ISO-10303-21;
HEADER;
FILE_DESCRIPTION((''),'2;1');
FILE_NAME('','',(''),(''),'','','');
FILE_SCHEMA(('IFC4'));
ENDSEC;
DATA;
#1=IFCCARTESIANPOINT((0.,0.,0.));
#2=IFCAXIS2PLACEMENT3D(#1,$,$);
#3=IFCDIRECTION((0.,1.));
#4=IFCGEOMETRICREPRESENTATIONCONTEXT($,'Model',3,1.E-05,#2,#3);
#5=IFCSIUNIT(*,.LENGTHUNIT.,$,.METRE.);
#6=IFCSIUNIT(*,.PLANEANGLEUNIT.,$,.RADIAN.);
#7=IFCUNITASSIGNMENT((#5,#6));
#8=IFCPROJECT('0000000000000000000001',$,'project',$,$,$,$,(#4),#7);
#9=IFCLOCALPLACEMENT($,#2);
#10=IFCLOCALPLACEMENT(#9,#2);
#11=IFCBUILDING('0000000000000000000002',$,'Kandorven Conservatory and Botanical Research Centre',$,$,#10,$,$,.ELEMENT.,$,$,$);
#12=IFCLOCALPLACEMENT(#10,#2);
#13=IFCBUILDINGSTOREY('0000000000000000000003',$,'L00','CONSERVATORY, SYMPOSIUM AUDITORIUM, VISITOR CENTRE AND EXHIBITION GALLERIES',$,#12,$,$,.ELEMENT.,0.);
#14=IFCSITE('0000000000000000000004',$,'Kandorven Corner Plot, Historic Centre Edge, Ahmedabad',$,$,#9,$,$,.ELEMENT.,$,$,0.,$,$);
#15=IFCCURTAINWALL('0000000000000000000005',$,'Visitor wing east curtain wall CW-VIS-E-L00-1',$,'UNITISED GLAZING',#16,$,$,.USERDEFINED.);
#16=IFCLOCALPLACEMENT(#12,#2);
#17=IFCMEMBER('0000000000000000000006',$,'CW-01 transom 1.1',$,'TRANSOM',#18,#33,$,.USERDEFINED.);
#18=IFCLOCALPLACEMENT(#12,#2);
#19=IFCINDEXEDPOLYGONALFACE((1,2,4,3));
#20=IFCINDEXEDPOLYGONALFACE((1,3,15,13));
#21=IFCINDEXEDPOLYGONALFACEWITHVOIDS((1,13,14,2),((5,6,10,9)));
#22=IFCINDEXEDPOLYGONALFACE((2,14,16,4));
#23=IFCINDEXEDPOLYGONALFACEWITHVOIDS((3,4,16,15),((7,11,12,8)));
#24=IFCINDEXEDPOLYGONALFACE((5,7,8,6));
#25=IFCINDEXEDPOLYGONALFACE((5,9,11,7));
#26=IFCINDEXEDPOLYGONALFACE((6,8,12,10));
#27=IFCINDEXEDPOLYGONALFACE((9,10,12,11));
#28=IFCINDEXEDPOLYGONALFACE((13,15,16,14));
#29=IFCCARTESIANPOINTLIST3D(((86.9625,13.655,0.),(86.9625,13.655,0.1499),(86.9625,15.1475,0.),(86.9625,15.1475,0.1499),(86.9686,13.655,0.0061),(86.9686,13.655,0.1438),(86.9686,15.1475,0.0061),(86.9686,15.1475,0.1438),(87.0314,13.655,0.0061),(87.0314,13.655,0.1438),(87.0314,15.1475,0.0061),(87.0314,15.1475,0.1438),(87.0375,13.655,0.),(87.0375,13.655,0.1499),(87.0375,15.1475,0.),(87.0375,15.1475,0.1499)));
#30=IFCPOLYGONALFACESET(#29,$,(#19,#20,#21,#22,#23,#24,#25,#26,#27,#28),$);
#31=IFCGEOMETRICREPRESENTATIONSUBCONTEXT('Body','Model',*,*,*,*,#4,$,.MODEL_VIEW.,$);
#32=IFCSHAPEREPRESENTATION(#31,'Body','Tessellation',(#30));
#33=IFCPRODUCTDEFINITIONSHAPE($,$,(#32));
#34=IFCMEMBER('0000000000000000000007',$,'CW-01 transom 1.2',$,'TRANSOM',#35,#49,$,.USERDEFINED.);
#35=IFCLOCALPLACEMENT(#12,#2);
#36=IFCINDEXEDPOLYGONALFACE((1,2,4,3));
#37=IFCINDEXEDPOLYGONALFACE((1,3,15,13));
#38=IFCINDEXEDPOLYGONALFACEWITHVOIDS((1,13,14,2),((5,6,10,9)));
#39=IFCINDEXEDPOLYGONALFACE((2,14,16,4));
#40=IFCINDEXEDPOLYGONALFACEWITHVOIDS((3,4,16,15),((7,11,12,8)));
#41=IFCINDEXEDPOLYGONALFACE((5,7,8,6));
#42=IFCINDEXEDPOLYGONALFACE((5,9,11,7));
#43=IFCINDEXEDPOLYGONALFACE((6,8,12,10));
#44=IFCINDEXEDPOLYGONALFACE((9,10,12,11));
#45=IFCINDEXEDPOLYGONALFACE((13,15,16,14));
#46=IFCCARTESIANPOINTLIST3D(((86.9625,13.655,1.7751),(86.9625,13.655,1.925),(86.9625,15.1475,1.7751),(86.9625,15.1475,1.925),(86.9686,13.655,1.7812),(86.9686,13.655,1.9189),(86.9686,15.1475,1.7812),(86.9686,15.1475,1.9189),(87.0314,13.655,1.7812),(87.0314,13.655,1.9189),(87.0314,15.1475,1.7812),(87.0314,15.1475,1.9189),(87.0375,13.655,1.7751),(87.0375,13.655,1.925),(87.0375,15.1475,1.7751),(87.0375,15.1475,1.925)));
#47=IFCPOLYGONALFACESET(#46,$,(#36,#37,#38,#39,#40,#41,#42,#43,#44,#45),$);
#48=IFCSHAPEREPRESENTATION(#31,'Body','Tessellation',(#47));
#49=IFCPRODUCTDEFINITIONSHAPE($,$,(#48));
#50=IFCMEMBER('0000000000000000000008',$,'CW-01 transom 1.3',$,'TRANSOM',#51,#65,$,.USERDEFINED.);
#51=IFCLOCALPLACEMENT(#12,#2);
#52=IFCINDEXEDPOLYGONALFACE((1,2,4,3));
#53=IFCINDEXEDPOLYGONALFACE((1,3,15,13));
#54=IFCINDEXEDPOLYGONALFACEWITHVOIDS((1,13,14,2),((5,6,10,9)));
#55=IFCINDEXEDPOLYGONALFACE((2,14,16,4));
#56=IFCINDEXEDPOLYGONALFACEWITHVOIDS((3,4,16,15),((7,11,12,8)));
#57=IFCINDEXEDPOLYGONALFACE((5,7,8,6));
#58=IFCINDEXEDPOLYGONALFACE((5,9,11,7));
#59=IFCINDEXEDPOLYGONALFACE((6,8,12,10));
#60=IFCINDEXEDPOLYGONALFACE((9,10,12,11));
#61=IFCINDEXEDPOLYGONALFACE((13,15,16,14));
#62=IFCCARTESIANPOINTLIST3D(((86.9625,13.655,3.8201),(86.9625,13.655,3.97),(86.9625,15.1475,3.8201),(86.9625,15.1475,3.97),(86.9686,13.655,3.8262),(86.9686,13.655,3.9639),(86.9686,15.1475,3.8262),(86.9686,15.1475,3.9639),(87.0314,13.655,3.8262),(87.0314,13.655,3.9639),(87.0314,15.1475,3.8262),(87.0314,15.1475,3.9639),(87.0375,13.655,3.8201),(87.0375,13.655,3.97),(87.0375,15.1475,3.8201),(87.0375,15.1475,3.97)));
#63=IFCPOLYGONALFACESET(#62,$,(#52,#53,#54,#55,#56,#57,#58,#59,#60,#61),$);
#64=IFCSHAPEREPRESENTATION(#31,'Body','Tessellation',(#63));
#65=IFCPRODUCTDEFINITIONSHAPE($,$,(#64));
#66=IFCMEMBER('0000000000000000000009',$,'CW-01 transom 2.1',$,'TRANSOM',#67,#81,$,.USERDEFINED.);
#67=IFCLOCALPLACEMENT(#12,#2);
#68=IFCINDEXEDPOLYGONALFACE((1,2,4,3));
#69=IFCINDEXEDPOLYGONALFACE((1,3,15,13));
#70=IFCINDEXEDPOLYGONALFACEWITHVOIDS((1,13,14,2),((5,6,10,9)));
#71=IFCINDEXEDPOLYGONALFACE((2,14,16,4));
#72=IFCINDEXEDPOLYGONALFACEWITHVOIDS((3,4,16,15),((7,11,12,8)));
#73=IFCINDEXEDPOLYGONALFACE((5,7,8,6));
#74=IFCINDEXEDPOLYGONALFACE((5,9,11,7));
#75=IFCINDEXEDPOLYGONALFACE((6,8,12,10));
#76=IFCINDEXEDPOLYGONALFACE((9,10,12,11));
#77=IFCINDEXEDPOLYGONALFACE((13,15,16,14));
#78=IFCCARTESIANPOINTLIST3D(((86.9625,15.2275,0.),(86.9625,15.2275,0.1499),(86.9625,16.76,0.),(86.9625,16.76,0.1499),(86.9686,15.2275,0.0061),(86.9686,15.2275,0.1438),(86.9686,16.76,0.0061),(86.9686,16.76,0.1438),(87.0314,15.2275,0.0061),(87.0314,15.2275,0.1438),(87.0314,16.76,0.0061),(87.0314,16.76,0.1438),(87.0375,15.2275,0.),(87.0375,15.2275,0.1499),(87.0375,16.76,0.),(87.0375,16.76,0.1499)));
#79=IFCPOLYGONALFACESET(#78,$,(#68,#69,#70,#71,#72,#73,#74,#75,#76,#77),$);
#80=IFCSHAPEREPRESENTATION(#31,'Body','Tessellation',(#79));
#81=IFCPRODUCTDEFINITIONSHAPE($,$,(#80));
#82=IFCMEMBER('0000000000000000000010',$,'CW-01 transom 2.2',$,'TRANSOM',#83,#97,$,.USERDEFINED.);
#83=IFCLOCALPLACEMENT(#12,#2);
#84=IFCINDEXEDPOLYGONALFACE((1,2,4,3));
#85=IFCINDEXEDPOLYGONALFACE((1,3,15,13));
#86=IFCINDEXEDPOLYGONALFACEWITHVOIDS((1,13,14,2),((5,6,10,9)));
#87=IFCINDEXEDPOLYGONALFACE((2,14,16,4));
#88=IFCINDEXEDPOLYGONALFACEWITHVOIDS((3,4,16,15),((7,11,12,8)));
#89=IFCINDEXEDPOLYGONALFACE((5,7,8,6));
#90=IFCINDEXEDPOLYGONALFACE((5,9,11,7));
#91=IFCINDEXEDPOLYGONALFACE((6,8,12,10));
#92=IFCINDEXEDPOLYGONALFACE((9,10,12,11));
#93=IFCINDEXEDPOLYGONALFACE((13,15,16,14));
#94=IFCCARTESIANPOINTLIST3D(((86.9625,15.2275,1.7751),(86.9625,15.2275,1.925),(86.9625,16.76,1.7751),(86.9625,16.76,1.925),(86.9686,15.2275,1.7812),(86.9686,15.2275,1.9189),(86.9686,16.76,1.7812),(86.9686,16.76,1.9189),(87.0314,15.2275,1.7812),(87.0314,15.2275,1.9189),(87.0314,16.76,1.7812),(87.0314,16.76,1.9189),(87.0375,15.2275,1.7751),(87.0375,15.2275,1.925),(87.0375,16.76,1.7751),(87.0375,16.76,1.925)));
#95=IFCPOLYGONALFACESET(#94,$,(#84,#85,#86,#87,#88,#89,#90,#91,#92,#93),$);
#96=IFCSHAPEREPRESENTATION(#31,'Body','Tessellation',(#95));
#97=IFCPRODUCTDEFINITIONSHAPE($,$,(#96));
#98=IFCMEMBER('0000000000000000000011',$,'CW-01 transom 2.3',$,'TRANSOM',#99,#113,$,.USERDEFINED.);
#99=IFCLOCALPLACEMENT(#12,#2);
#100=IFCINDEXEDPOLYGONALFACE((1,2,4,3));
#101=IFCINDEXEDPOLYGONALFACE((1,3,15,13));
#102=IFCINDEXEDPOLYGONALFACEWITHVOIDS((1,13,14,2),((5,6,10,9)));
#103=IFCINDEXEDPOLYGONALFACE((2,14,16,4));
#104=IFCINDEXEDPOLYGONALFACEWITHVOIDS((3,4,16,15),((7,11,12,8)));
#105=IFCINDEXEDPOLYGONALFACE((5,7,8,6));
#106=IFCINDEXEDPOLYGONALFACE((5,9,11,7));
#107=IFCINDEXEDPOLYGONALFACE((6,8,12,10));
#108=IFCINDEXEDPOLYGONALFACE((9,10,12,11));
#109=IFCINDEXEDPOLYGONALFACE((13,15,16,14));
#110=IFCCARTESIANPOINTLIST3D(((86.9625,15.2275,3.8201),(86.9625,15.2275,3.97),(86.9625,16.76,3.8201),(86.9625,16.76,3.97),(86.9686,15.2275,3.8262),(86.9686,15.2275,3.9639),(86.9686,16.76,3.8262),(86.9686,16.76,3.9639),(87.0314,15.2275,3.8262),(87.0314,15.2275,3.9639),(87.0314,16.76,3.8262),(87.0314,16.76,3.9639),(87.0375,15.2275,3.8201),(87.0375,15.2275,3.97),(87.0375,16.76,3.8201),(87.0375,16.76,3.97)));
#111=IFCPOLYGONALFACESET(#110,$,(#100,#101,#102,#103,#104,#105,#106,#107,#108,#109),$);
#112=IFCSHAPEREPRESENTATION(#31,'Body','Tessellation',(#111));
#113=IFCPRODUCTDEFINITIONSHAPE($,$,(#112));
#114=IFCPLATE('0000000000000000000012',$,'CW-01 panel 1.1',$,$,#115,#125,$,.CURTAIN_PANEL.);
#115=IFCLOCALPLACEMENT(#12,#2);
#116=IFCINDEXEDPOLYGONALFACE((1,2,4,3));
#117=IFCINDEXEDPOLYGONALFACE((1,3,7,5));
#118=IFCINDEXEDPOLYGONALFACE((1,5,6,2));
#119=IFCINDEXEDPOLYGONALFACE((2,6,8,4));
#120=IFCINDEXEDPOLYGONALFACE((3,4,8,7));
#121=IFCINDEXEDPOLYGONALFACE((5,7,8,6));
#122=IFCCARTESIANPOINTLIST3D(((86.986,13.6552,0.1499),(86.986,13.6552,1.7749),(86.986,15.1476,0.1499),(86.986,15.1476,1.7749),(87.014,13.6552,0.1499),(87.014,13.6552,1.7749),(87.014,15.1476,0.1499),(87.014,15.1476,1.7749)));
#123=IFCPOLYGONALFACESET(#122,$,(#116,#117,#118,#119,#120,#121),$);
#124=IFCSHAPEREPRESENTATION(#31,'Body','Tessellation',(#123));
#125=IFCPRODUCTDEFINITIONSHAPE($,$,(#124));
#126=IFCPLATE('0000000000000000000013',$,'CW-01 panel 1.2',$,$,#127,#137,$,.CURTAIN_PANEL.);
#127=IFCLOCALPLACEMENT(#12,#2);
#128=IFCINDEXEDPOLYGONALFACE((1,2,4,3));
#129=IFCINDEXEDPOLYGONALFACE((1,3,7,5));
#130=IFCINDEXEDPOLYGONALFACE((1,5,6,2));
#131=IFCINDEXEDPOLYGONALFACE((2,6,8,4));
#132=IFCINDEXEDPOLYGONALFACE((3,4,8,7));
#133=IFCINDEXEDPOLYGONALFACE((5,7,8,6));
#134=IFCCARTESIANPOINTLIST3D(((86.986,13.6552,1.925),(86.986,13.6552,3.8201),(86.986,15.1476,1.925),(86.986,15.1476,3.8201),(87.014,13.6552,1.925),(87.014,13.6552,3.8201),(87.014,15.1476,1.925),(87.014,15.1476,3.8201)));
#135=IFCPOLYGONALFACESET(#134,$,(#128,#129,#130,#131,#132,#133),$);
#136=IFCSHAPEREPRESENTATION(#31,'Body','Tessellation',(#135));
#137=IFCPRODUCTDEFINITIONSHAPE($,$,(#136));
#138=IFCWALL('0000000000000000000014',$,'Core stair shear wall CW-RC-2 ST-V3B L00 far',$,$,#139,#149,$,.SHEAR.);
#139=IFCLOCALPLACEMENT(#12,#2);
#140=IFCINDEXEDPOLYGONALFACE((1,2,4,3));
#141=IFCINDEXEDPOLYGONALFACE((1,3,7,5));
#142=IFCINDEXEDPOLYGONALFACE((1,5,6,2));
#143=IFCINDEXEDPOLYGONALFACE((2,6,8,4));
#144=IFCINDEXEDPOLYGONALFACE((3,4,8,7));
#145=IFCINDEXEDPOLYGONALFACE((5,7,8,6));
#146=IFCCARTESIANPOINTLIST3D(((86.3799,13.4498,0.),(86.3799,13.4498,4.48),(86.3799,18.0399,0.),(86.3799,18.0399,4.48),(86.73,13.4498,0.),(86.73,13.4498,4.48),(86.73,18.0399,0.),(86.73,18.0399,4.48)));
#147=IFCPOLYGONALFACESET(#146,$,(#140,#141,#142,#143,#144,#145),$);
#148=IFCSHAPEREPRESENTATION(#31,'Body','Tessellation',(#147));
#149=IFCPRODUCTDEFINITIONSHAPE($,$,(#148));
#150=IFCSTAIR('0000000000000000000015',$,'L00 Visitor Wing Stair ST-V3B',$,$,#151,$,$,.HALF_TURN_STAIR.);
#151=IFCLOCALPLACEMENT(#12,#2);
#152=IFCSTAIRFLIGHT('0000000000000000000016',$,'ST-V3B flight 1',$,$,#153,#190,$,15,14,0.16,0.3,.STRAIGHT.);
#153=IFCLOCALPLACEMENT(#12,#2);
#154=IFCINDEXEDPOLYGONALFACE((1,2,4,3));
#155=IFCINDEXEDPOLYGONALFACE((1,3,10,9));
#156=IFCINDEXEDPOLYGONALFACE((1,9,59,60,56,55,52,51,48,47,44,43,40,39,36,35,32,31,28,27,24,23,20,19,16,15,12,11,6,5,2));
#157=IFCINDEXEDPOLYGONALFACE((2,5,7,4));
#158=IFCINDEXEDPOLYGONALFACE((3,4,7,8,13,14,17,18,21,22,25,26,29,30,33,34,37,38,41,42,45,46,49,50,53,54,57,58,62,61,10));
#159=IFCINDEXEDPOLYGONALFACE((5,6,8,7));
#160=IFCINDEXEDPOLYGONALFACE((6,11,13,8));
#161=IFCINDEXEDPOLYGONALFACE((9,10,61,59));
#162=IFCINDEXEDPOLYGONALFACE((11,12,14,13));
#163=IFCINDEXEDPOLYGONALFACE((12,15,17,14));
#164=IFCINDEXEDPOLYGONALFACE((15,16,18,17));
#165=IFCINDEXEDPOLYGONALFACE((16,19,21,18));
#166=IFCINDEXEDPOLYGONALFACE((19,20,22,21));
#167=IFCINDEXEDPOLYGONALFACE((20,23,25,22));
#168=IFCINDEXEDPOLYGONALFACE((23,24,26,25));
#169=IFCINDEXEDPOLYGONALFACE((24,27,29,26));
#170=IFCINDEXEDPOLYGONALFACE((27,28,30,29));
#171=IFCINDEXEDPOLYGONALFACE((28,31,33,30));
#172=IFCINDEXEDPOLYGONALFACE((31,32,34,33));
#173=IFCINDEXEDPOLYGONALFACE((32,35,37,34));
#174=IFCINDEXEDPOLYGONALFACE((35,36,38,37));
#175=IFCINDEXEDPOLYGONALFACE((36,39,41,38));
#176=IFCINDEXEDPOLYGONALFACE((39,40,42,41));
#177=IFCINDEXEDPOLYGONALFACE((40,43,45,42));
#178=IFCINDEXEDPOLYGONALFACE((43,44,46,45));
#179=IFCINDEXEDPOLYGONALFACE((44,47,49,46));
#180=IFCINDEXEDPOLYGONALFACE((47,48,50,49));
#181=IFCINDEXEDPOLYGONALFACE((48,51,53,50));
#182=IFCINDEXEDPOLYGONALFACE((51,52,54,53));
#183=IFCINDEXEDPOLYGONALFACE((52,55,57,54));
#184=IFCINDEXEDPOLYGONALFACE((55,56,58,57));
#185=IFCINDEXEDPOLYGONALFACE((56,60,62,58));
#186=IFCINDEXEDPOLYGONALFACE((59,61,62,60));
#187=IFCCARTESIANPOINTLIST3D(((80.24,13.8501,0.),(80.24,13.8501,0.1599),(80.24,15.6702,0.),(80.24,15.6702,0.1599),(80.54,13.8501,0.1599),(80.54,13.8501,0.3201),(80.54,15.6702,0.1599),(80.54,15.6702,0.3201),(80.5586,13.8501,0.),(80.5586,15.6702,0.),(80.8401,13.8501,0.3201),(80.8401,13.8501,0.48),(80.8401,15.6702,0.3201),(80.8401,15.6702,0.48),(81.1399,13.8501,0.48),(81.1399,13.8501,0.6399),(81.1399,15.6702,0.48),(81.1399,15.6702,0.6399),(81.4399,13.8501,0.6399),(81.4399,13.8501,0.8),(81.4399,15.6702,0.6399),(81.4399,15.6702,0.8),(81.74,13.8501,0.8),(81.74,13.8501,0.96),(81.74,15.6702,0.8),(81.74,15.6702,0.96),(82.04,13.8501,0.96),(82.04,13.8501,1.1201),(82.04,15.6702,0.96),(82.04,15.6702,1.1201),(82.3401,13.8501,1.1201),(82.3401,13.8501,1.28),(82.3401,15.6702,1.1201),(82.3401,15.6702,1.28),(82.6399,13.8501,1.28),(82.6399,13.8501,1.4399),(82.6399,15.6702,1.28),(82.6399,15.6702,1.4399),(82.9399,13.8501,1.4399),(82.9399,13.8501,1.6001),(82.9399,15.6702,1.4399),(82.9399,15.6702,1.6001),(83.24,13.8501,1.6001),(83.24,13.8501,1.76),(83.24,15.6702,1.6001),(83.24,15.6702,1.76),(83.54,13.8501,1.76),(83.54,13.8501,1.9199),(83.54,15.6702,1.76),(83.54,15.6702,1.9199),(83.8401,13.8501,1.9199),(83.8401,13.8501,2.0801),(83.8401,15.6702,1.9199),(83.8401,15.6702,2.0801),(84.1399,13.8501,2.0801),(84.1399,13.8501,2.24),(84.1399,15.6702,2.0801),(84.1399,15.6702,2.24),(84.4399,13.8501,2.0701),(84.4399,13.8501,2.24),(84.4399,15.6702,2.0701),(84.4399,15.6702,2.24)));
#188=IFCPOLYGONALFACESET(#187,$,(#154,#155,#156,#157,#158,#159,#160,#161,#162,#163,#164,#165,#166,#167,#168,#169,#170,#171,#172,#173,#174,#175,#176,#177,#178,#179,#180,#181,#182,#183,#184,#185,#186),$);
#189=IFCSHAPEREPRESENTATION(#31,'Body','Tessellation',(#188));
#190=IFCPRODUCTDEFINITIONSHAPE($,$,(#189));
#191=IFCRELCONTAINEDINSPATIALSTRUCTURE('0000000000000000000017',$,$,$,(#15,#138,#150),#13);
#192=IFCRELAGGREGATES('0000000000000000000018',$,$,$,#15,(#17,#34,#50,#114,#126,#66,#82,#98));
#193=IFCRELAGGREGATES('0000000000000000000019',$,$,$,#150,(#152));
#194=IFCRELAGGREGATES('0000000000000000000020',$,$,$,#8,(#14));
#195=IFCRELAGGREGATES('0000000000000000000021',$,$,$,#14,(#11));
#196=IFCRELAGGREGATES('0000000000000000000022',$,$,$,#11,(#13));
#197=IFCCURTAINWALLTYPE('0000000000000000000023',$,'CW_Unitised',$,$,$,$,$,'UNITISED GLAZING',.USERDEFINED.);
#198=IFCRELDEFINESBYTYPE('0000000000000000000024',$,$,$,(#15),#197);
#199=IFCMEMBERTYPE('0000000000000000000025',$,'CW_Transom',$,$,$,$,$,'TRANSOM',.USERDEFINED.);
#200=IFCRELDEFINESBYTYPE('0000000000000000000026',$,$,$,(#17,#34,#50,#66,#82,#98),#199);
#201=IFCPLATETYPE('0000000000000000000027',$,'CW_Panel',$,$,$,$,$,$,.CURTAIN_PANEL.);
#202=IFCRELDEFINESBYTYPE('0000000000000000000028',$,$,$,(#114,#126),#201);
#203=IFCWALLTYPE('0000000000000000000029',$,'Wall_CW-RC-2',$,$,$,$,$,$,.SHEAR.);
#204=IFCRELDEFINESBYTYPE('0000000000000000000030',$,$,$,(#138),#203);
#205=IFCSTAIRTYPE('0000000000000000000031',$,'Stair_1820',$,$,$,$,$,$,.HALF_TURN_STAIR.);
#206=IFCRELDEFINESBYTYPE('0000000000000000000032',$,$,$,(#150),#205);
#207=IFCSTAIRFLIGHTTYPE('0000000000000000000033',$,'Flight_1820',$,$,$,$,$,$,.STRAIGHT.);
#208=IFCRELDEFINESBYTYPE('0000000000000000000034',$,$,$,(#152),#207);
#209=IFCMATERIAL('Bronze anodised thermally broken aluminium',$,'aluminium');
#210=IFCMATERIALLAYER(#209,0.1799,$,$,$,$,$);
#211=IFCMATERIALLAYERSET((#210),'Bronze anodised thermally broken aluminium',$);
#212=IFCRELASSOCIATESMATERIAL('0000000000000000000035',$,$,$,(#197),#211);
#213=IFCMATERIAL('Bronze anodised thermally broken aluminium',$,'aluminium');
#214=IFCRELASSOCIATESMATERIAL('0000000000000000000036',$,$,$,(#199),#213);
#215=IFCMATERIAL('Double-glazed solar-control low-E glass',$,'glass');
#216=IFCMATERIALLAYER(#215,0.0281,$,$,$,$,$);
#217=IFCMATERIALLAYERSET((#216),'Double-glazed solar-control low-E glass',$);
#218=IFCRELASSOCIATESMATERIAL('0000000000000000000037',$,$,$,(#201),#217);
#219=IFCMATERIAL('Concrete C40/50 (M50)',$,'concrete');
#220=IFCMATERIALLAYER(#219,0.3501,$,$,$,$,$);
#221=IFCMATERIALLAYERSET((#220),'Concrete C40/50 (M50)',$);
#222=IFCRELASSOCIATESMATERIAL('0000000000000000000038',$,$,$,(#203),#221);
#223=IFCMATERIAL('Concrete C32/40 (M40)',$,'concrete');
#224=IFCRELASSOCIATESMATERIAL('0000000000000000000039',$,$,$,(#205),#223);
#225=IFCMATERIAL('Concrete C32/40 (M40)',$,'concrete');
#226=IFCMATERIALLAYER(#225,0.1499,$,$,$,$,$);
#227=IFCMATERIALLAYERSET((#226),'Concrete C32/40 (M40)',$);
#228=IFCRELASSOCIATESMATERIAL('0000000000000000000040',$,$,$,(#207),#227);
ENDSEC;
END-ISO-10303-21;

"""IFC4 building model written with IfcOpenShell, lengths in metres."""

from ifc_helpers import new_model, si_unit, direction, frame, frame_2d, origin, origin_2d, place, context, subcontext, project, spatial, polyline, rectangle, hollow_rectangle, outline, extrude, material, layer, layer_set, material_profile, profile_set, type_object, element, aggregate, save


model = new_model("IFC4")

# Units and contexts
model_context = context("Model", 3, precision=1e-05, world=origin(), true_north=direction((0.0, 1.0)))
body_context = subcontext(model_context, "Body", "Model", "MODEL_VIEW")
ifc_project = project(units=[si_unit("LENGTHUNIT", "METRE"), si_unit("PLANEANGLEUNIT", "RADIAN")], contexts=[model_context])

# Site, building, storey
site_placement = place(None, origin())
site = spatial("IfcSite", under=ifc_project, at=site_placement, Name="Kandorven Corner Plot, Historic Centre Edge, Ahmedabad", CompositionType="ELEMENT", RefElevation=0.0)
building_placement = place(site_placement, origin())
building = spatial("IfcBuilding", under=site, at=building_placement, Name="Kandorven Conservatory and Botanical Research Centre", CompositionType="ELEMENT")
storey_placement = place(building_placement, origin())
storey = spatial("IfcBuildingStorey", under=building, at=storey_placement, Name="L00", Description="CONSERVATORY, SYMPOSIUM AUDITORIUM, VISITOR CENTRE AND EXHIBITION GALLERIES", CompositionType="ELEMENT", Elevation=0.0)

# Curtain wall, members, plates
ifc_material_1 = material(Name="Bronze anodised thermally broken aluminium", Category="aluminium")
ifc_layer_1 = layer(ifc_material_1, 0.1799)
ifc_layer_set_1 = layer_set([ifc_layer_1], Name="Bronze anodised thermally broken aluminium")
curtain_wall_type = type_object("IfcCurtainWallType", Name="CW_Unitised", ElementType="UNITISED GLAZING", PredefinedType="USERDEFINED", material=ifc_layer_set_1)
curtain_wall_placement = place(storey_placement, origin())
curtain_wall = element("IfcCurtainWall", 1, at=curtain_wall_placement, inside=storey, type_object=curtain_wall_type, Name="Visitor wing east curtain wall CW-VIS-E-L00-1", ObjectType="UNITISED GLAZING", PredefinedType="USERDEFINED")
ifc_material_2 = material(Name="Bronze anodised thermally broken aluminium", Category="aluminium")
ifc_material_profile_1 = material_profile(ifc_material_2, hollow_rectangle(XDim=0.075, YDim=0.1499, WallThickness=0.0061, at=origin_2d()))
ifc_profile_set_1 = profile_set([ifc_material_profile_1], Name="Bronze anodised thermally broken aluminium")
member_type_1 = type_object("IfcMemberType", Name="CW_Transom", ElementType="TRANSOM", PredefinedType="USERDEFINED", material=ifc_profile_set_1)
member_1_placement = place(storey_placement, frame((87.0, 13.655, 0.075), z_axis=(0.0, 1.0, 0.0), x_axis=(-1.0, 0.0, 0.0)))
member_1 = element("IfcMember", 2, at=member_1_placement, type_object=member_type_1, Name="CW-01 transom 1.1", ObjectType="TRANSOM", PredefinedType="USERDEFINED", context=body_context, shape_type="SweptSolid", body=[
    extrude(hollow_rectangle(XDim=0.075, YDim=0.1499, WallThickness=0.0061, at=origin_2d()), origin(), (0.0, 0.0, 1.0), 1.4924),
])
member_2_placement = place(storey_placement, frame((87.0, 13.655, 1.8501), z_axis=(0.0, 1.0, 0.0), x_axis=(-1.0, 0.0, 0.0)))
member_2 = element("IfcMember", 3, at=member_2_placement, type_object=member_type_1, Name="CW-01 transom 1.2", ObjectType="TRANSOM", PredefinedType="USERDEFINED", context=body_context, shape_type="SweptSolid", body=[
    extrude(hollow_rectangle(XDim=0.075, YDim=0.1499, WallThickness=0.0061, at=origin_2d()), origin(), (0.0, 0.0, 1.0), 1.4924),
])
member_3_placement = place(storey_placement, frame((87.0, 13.655, 3.895), z_axis=(0.0, 1.0, 0.0), x_axis=(-1.0, 0.0, 0.0)))
member_3 = element("IfcMember", 4, at=member_3_placement, type_object=member_type_1, Name="CW-01 transom 1.3", ObjectType="TRANSOM", PredefinedType="USERDEFINED", context=body_context, shape_type="SweptSolid", body=[
    extrude(hollow_rectangle(XDim=0.075, YDim=0.1499, WallThickness=0.0061, at=origin_2d()), origin(), (0.0, 0.0, 1.0), 1.4924),
])
member_4_placement = place(storey_placement, frame((87.0, 15.2275, 0.075), z_axis=(0.0, 1.0, 0.0), x_axis=(-1.0, 0.0, 0.0)))
member_4 = element("IfcMember", 5, at=member_4_placement, type_object=member_type_1, Name="CW-01 transom 2.1", ObjectType="TRANSOM", PredefinedType="USERDEFINED", context=body_context, shape_type="SweptSolid", body=[
    extrude(hollow_rectangle(XDim=0.075, YDim=0.1499, WallThickness=0.0061, at=origin_2d()), origin(), (0.0, 0.0, 1.0), 1.5325),
])
member_5_placement = place(storey_placement, frame((87.0, 15.2275, 1.8501), z_axis=(0.0, 1.0, 0.0), x_axis=(-1.0, 0.0, 0.0)))
member_5 = element("IfcMember", 6, at=member_5_placement, type_object=member_type_1, Name="CW-01 transom 2.2", ObjectType="TRANSOM", PredefinedType="USERDEFINED", context=body_context, shape_type="SweptSolid", body=[
    extrude(hollow_rectangle(XDim=0.075, YDim=0.1499, WallThickness=0.0061, at=origin_2d()), origin(), (0.0, 0.0, 1.0), 1.5325),
])
member_6_placement = place(storey_placement, frame((87.0, 15.2275, 3.895), z_axis=(0.0, 1.0, 0.0), x_axis=(-1.0, 0.0, 0.0)))
member_6 = element("IfcMember", 7, at=member_6_placement, type_object=member_type_1, Name="CW-01 transom 2.3", ObjectType="TRANSOM", PredefinedType="USERDEFINED", context=body_context, shape_type="SweptSolid", body=[
    extrude(hollow_rectangle(XDim=0.075, YDim=0.1499, WallThickness=0.0061, at=origin_2d()), origin(), (0.0, 0.0, 1.0), 1.5325),
])
ifc_material_3 = material(Name="Double-glazed solar-control low-E glass", Category="glass")
ifc_layer_2 = layer(ifc_material_3, 0.0281)
ifc_layer_set_2 = layer_set([ifc_layer_2], Name="Double-glazed solar-control low-E glass")
plate_type = type_object("IfcPlateType", Name="CW_Panel", PredefinedType="CURTAIN_PANEL", material=ifc_layer_set_2)
plate_1_placement = place(storey_placement, frame((87.0, 14.4014, 0.1499), z_axis=(0.0, 0.0, 1.0), x_axis=(0.0, 1.0, 0.0)))
plate_1 = element("IfcPlate", 8, at=plate_1_placement, type_object=plate_type, Name="CW-01 panel 1.1", PredefinedType="CURTAIN_PANEL", context=body_context, shape_type="SweptSolid", body=[
    extrude(rectangle(XDim=1.4924, YDim=0.0281, at=origin_2d()), origin(), (0.0, 0.0, 1.0), 1.625),
])
plate_2_placement = place(storey_placement, frame((87.0, 14.4014, 1.925), z_axis=(0.0, 0.0, 1.0), x_axis=(0.0, 1.0, 0.0)))
plate_2 = element("IfcPlate", 9, at=plate_2_placement, type_object=plate_type, Name="CW-01 panel 1.2", PredefinedType="CURTAIN_PANEL", context=body_context, shape_type="SweptSolid", body=[
    extrude(rectangle(XDim=1.4924, YDim=0.0281, at=origin_2d()), origin(), (0.0, 0.0, 1.0), 1.895),
])
aggregate(curtain_wall, [member_1, member_2, member_3, plate_1, plate_2, member_4, member_5, member_6])

# Wall
ifc_material_4 = material(Name="Concrete C40/50 (M50)", Category="concrete")
ifc_layer_3 = layer(ifc_material_4, 0.3501)
ifc_layer_set_3 = layer_set([ifc_layer_3], Name="Concrete C40/50 (M50)")
wall_type = type_object("IfcWallType", Name="Wall_CW-RC-2", PredefinedType="SHEAR", material=ifc_layer_set_3)
wall_placement = place(storey_placement, frame((86.5549, 13.45, 0.0), z_axis=(0.0, 0.0, 1.0), x_axis=(0.0, 1.0, 0.0)))
element("IfcWall", 10, at=wall_placement, inside=storey, type_object=wall_type, Name="Core stair shear wall CW-RC-2 ST-V3B L00 far", PredefinedType="SHEAR", context=body_context, shape_type="SweptSolid", body=[
    extrude(rectangle(XDim=4.5901, YDim=0.3501, at=frame_2d((2.2949, 0.0))), origin(), (0.0, 0.0, 1.0), 4.48),
])

# Stair, stair flight
ifc_material_5 = material(Name="Concrete C32/40 (M40)", Category="concrete")
stair_type = type_object("IfcStairType", Name="Stair_1820", PredefinedType="HALF_TURN_STAIR", material=ifc_material_5)
stair_placement = place(storey_placement, origin())
stair = element("IfcStair", 11, at=stair_placement, inside=storey, type_object=stair_type, Name="L00 Visitor Wing Stair ST-V3B", PredefinedType="HALF_TURN_STAIR")
ifc_material_6 = material(Name="Concrete C32/40 (M40)", Category="concrete")
ifc_layer_4 = layer(ifc_material_6, 0.1499)
ifc_layer_set_4 = layer_set([ifc_layer_4], Name="Concrete C32/40 (M40)")
stair_flight_type = type_object("IfcStairFlightType", Name="Flight_1820", PredefinedType="STRAIGHT", material=ifc_layer_set_4)
stair_flight_placement = place(storey_placement, frame((80.24, 14.76, 0.0), z_axis=(0.0, 0.0, 1.0), x_axis=(1.0, 0.0, 0.0)))
stair_flight = element("IfcStairFlight", 12, at=stair_flight_placement, type_object=stair_flight_type, Name="ST-V3B flight 1", NumberOfRisers=15, NumberOfTreads=14, PredefinedType="STRAIGHT", RiserHeight=0.16, TreadLength=0.3, context=body_context, shape_type="SweptSolid", body=[
    extrude(outline(polyline([(0.0, 0.0), (0.0, 0.1599), (0.3, 0.1599), (0.3, 0.3201), (0.6001, 0.3201), (0.6001, 0.48), (0.8999, 0.48), (0.8999, 0.6399), (1.2, 0.6399), (1.2, 0.8), (1.5, 0.8), (1.5, 0.96), (1.8, 0.96), (1.8, 1.1201), (2.1001, 1.1201), (2.1001, 1.28), (2.3999, 1.28), (2.3999, 1.4399), (2.7, 1.4399), (2.7, 1.6001), (3.0, 1.6001), (3.0, 1.76), (3.3, 1.76), (3.3, 1.9199), (3.6001, 1.9199), (3.6001, 2.0801), (3.8999, 2.0801), (3.8999, 2.24), (4.2, 2.24), (4.2, 2.3999), (4.2, 2.0701), (0.3186, 0.0), (0.0, 0.0)])), frame((0.0, 0.9102, 0.0), z_axis=(0.0, -1.0, 0.0), x_axis=(1.0, 0.0, 0.0)), (0.0, 0.0, 1.0), 1.8201),
])
aggregate(stair, [stair_flight])

save(model, "model.ifc")
